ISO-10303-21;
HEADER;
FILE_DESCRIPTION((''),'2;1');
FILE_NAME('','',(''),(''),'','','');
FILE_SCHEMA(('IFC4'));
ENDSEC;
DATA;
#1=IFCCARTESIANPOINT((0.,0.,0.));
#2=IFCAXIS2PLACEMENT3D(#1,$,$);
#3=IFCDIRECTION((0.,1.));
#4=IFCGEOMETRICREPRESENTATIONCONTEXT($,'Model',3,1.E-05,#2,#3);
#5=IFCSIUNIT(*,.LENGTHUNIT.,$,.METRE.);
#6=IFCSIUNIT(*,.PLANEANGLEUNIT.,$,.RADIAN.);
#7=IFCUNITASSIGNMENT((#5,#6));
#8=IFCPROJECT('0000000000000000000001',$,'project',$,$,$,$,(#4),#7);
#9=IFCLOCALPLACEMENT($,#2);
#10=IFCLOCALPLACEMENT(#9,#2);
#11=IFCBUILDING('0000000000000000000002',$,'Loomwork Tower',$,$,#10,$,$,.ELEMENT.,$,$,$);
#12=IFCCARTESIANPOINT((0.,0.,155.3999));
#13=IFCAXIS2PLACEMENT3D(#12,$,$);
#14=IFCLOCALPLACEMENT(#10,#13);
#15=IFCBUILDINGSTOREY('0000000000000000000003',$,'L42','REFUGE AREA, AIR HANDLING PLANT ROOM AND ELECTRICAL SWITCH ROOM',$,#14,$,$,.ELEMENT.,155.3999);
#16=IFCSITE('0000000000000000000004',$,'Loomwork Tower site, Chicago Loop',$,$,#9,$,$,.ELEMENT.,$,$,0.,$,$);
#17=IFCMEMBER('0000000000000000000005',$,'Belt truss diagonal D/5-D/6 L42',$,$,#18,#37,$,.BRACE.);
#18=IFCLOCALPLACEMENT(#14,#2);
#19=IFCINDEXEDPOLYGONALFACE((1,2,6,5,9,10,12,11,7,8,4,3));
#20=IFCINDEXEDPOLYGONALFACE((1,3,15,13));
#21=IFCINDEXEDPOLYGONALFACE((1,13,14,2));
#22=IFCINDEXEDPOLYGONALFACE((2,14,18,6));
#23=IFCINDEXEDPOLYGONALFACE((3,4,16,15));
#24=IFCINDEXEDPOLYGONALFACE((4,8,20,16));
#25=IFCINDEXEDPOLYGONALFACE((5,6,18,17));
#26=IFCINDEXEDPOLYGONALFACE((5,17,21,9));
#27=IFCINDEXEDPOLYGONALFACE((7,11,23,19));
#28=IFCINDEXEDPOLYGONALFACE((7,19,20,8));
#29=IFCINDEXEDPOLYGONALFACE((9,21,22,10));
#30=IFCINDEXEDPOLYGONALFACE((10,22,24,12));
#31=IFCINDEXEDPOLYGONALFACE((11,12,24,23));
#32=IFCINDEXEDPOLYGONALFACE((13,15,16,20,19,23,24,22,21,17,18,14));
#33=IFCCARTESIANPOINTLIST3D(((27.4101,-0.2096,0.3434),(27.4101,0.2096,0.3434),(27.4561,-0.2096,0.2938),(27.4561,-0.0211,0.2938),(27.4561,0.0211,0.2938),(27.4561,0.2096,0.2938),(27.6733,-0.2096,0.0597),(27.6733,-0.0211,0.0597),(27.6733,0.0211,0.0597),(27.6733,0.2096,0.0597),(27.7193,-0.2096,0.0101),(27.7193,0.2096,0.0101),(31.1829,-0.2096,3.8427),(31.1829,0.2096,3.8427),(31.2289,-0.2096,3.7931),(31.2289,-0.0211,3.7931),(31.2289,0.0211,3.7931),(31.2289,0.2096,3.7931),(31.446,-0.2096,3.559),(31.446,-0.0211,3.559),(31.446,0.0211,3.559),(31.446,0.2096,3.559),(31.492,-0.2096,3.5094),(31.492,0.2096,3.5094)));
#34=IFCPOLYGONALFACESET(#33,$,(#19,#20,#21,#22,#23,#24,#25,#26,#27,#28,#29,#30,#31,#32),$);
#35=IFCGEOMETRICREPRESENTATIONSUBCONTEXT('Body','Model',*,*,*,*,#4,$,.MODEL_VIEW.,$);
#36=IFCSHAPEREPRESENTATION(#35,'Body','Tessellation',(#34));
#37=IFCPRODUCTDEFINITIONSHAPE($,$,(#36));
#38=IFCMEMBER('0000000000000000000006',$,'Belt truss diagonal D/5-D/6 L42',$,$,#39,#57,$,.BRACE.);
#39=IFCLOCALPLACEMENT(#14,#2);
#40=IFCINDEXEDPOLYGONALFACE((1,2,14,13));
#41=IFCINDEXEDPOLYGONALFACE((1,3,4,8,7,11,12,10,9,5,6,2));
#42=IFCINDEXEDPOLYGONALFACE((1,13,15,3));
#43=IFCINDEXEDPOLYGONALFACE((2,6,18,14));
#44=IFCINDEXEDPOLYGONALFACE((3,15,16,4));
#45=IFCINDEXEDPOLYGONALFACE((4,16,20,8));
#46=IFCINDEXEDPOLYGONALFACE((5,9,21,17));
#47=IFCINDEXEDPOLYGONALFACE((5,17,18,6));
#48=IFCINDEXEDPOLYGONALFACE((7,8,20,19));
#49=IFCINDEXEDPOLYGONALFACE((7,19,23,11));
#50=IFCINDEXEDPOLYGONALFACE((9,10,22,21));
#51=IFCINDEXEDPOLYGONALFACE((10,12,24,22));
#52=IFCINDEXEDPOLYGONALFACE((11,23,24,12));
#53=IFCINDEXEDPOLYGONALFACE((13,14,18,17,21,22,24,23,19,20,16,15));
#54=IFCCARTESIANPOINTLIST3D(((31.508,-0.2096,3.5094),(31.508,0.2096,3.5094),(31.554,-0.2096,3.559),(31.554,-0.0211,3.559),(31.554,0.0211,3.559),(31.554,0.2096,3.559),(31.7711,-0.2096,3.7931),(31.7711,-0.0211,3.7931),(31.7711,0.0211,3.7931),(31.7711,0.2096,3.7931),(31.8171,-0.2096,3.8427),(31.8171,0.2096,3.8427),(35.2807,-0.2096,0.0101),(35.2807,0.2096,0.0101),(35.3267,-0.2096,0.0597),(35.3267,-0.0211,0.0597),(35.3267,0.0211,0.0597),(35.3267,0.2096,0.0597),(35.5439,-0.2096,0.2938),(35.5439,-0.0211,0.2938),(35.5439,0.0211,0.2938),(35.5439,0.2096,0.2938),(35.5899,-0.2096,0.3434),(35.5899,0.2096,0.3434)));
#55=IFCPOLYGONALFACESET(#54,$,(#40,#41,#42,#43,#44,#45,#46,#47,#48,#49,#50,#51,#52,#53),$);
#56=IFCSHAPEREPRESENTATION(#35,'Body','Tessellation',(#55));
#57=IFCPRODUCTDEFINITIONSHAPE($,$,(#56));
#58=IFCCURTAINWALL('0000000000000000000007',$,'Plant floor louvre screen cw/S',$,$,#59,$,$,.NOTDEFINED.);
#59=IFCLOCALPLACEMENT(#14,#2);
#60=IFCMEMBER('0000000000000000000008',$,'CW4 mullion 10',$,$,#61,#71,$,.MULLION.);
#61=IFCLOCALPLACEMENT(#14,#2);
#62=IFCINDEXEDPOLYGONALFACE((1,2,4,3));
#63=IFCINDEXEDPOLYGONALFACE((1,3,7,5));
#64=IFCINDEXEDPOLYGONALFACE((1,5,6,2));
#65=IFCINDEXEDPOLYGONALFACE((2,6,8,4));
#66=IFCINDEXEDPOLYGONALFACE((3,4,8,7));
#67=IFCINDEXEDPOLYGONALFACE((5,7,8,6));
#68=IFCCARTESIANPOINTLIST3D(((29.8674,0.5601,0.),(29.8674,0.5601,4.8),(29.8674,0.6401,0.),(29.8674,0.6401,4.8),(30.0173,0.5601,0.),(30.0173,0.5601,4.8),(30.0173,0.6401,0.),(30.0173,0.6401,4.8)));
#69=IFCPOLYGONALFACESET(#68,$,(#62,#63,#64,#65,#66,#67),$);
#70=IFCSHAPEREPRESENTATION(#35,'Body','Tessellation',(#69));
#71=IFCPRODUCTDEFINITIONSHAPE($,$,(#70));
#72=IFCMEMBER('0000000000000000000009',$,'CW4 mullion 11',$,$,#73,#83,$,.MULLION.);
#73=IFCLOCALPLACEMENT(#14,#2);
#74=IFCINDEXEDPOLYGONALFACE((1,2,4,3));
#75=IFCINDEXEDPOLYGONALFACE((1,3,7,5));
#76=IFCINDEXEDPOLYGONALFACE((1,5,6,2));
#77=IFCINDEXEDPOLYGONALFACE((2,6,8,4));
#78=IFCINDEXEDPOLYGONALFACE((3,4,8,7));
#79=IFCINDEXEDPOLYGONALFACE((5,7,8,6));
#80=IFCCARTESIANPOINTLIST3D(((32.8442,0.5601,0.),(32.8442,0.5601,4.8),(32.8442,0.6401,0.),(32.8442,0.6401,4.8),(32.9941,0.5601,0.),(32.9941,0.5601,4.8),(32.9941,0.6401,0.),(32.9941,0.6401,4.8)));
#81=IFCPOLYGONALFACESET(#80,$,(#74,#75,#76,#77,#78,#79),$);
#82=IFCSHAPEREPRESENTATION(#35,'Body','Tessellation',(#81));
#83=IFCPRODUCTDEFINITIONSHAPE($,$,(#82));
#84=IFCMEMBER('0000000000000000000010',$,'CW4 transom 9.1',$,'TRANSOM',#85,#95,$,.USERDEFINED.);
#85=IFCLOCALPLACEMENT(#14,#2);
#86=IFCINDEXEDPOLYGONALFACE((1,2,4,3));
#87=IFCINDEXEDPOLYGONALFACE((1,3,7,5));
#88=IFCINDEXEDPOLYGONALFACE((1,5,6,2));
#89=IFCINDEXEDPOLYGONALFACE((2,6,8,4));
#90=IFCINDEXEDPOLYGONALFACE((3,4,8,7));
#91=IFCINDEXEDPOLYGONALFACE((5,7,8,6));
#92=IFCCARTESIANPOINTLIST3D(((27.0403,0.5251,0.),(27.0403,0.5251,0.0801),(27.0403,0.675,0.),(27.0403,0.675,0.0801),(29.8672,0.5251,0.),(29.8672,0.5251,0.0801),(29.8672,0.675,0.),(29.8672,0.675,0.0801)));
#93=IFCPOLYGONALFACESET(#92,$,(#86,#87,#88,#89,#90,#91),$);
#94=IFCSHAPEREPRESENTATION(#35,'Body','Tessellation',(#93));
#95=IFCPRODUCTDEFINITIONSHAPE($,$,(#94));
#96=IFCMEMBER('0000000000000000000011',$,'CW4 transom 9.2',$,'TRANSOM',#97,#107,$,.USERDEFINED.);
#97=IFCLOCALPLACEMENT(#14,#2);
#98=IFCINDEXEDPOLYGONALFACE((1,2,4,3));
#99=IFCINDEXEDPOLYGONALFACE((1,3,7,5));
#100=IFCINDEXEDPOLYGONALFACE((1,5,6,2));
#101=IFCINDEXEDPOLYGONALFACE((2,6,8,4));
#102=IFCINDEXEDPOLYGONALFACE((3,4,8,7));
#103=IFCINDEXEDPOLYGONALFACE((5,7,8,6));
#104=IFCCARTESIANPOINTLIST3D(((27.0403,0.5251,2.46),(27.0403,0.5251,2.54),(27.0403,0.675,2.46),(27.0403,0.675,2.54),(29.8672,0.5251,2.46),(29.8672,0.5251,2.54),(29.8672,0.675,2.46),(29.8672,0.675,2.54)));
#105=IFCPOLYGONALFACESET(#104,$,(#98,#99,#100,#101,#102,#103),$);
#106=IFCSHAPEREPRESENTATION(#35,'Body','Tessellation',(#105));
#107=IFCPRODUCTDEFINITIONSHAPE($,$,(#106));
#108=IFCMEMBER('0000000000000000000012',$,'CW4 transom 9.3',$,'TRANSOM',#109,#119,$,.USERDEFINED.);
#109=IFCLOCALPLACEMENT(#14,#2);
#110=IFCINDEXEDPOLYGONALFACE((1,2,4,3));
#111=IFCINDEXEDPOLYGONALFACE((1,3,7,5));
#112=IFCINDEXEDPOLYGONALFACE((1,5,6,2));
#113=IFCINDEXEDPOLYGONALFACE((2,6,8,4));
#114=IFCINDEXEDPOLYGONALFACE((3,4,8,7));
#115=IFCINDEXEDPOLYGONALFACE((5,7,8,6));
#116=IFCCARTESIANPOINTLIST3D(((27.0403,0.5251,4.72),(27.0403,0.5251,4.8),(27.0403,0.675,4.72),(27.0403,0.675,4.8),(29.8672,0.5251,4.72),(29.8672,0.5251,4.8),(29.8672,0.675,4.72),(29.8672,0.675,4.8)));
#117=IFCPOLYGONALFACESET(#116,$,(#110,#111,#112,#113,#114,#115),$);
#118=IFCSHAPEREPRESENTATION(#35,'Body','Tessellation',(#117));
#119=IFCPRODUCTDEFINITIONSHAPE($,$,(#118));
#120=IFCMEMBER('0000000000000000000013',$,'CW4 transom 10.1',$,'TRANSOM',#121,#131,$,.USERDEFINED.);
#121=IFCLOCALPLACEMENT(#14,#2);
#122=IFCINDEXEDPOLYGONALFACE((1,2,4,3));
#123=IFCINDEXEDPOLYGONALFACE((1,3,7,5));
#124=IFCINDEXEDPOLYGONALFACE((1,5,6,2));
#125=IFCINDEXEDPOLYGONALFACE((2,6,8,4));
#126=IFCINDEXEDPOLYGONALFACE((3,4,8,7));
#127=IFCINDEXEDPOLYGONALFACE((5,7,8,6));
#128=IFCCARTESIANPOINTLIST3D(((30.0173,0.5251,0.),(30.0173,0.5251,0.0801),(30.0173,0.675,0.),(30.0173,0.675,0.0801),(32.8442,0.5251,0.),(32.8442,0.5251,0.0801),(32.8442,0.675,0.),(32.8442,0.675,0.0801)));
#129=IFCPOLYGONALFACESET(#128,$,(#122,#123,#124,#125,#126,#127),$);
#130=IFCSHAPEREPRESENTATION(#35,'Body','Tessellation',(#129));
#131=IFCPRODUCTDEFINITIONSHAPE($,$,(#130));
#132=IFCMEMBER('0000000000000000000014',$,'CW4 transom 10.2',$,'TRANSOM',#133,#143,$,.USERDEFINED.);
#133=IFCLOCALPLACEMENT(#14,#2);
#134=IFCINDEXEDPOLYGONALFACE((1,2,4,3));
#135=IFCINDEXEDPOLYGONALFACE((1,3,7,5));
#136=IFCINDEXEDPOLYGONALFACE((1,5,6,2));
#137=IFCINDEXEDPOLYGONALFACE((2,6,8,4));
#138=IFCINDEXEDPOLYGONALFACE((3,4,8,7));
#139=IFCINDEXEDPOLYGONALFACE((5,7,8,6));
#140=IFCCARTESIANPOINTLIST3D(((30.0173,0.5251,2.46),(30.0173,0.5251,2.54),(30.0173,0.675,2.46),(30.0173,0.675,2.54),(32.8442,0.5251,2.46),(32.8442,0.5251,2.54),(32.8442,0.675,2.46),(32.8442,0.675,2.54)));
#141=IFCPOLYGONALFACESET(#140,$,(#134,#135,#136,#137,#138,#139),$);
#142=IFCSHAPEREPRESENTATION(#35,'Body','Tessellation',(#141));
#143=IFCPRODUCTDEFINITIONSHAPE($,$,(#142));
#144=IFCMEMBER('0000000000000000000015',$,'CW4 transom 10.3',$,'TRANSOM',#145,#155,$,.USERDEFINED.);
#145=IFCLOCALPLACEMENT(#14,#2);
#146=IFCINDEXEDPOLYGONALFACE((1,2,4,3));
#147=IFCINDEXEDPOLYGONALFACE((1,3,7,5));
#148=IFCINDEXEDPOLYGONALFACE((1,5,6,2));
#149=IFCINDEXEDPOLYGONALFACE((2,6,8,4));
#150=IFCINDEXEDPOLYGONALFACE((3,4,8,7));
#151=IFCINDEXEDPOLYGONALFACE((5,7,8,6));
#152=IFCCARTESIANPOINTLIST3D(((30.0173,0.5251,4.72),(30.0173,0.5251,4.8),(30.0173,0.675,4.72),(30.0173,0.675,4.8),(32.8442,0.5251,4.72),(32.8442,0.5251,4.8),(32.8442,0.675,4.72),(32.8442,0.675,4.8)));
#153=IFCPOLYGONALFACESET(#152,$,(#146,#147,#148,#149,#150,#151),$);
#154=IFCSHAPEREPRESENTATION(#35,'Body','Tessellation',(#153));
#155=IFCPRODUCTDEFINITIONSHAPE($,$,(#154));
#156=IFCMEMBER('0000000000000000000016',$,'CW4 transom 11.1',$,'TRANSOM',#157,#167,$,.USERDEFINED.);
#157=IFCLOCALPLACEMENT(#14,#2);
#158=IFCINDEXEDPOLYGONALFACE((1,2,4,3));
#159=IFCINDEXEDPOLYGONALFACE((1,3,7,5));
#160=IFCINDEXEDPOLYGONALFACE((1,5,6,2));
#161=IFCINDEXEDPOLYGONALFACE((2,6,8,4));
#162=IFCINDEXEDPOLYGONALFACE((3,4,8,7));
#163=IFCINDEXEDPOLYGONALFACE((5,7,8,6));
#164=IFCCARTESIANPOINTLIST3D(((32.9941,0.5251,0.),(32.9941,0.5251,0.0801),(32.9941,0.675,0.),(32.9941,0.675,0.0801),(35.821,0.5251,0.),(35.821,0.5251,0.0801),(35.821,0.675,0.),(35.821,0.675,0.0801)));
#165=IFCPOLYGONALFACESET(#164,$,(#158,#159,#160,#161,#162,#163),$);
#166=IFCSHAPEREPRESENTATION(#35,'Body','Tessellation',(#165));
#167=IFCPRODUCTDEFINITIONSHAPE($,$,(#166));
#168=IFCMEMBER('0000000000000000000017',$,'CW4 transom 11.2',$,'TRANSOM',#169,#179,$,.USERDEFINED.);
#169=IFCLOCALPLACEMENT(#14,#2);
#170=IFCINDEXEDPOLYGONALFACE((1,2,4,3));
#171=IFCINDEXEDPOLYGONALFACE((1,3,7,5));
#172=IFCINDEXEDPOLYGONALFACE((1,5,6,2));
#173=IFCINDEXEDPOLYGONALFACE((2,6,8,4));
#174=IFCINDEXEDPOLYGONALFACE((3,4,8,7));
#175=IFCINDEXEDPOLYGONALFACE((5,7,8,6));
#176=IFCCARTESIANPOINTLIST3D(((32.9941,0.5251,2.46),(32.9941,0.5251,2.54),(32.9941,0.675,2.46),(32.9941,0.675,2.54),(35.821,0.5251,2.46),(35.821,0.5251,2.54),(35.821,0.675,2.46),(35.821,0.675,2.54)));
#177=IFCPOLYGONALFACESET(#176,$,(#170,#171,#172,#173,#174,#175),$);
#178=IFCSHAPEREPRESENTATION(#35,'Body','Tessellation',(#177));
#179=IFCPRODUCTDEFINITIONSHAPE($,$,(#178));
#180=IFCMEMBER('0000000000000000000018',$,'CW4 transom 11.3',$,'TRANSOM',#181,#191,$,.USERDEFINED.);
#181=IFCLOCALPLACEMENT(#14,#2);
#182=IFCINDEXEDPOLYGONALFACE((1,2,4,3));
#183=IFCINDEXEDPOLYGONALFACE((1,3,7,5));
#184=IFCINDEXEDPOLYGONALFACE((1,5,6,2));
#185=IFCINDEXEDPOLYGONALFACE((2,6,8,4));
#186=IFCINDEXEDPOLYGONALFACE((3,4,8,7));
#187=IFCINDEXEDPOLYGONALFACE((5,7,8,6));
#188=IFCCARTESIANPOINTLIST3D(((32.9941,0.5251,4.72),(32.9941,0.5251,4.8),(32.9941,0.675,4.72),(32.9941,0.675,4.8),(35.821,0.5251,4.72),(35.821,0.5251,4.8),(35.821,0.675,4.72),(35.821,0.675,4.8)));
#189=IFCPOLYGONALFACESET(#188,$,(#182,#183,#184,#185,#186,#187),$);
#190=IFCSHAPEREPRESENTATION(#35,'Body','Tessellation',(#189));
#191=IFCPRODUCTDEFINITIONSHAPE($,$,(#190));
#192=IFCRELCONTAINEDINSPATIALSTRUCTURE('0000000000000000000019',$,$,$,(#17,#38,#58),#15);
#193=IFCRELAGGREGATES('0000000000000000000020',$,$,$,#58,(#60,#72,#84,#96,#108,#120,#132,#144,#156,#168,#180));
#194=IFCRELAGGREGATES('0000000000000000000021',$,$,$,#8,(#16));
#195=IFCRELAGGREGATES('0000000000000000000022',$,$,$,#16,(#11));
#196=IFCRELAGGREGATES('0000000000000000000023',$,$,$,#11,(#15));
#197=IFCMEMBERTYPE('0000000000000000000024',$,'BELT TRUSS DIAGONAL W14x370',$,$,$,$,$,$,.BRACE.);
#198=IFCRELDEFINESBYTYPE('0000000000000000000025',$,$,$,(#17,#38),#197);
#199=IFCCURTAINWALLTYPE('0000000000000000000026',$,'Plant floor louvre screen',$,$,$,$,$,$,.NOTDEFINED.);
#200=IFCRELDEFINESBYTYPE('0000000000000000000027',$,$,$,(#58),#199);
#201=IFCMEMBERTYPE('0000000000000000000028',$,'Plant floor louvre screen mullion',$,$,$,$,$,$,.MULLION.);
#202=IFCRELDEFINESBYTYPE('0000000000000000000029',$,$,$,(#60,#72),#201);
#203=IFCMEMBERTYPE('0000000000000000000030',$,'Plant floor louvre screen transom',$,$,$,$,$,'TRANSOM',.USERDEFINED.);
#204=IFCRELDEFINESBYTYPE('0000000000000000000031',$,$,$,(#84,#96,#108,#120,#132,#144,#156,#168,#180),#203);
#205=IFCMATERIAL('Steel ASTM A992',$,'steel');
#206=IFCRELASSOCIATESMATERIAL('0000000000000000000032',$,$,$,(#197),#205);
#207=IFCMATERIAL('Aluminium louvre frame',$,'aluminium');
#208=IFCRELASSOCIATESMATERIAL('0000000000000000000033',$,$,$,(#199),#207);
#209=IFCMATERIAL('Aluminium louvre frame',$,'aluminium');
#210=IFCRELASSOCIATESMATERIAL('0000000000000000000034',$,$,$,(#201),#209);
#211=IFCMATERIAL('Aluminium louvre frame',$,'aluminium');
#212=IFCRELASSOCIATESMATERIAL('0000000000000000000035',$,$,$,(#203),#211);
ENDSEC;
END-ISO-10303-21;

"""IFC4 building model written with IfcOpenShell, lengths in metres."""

from ifc_helpers import new_model, si_unit, direction, frame, origin, origin_2d, place, context, subcontext, project, spatial, rectangle, i_section, extrude, material, material_profile, profile_set, type_object, element, aggregate, save


model = new_model("IFC4")

# Units and contexts
model_context = context("Model", 3, precision=1e-05, world=origin(), true_north=direction((0.0, 1.0)))
body_context = subcontext(model_context, "Body", "Model", "MODEL_VIEW")
ifc_project = project(units=[si_unit("LENGTHUNIT", "METRE"), si_unit("PLANEANGLEUNIT", "RADIAN")], contexts=[model_context])

# Site, building, storey
site_placement = place(None, origin())
site = spatial("IfcSite", under=ifc_project, at=site_placement, Name="Loomwork Tower site, Chicago Loop", CompositionType="ELEMENT", RefElevation=0.0)
building_placement = place(site_placement, origin())
building = spatial("IfcBuilding", under=site, at=building_placement, Name="Loomwork Tower", CompositionType="ELEMENT")
storey_placement = place(building_placement, frame((0.0, 0.0, 155.3999)))
storey = spatial("IfcBuildingStorey", under=building, at=storey_placement, Name="L42", Description="REFUGE AREA, AIR HANDLING PLANT ROOM AND ELECTRICAL SWITCH ROOM", CompositionType="ELEMENT", Elevation=155.3999)

# Members
ifc_material_1 = material(Name="Steel ASTM A992", Category="steel")
ifc_material_profile_1 = material_profile(ifc_material_1, i_section(OverallWidth=0.4192, OverallDepth=0.4546, WebThickness=0.0422, FlangeThickness=0.0676, at=origin_2d()), Name="W14x370")
ifc_profile_set_1 = profile_set([ifc_material_profile_1], Name="Steel ASTM A992")
member_type_1 = type_object("IfcMemberType", Name="BELT TRUSS DIAGONAL W14x370", PredefinedType="BRACE", material=ifc_profile_set_1)
for number, where, z_axis, x_axis, name in (
    (1, (27.5647, 0.0, 0.1768), (0.733177, 0.0, 0.680038), (0.0, 1.0, 0.0), "Belt truss diagonal D/5-D/6 L42"),
    (2, (35.4353, 0.0, 0.1768), (-0.733177, 0.0, 0.680038), (0.0, -1.0, 0.0), "Belt truss diagonal D/5-D/6 L42"),
):
    element("IfcMember", number, at=place(storey_placement, frame(where, z_axis=z_axis, x_axis=x_axis)), inside=storey, type_object=member_type_1, Name=name, PredefinedType="BRACE", context=body_context, shape_type="SweptSolid", body=[
        extrude(i_section(OverallWidth=0.4192, OverallDepth=0.4546, WebThickness=0.0422, FlangeThickness=0.0676, at=origin_2d()), origin(), (0.0, 0.0, 1.0), 5.1458),
    ])

# Curtain wall, members
ifc_material_2 = material(Name="Aluminium louvre frame", Category="aluminium")
curtain_wall_type = type_object("IfcCurtainWallType", Name="Plant floor louvre screen", PredefinedType="NOTDEFINED", material=ifc_material_2)
curtain_wall_placement = place(storey_placement, origin())
curtain_wall = element("IfcCurtainWall", 3, at=curtain_wall_placement, inside=storey, type_object=curtain_wall_type, Name="Plant floor louvre screen cw/S", PredefinedType="NOTDEFINED")
ifc_material_3 = material(Name="Aluminium louvre frame", Category="aluminium")
ifc_material_profile_2 = material_profile(ifc_material_3, rectangle(XDim=0.0801, YDim=0.1499, at=origin_2d()), Name="AL 80x150")
ifc_profile_set_2 = profile_set([ifc_material_profile_2], Name="Aluminium louvre frame")
member_type_2 = type_object("IfcMemberType", Name="Plant floor louvre screen mullion", PredefinedType="MULLION", material=ifc_profile_set_2)
member_1_placement = place(storey_placement, frame((29.9424, 0.6001, 0.0), z_axis=(0.0, 0.0, 1.0), x_axis=(0.0, 1.0, 0.0)))
member_1 = element("IfcMember", 4, at=member_1_placement, type_object=member_type_2, Name="CW4 mullion 10", PredefinedType="MULLION", context=body_context, shape_type="SweptSolid", body=[
    extrude(rectangle(XDim=0.0801, YDim=0.1499, at=origin_2d()), origin(), (0.0, 0.0, 1.0), 4.8),
])
member_2_placement = place(storey_placement, frame((32.9192, 0.6001, 0.0), z_axis=(0.0, 0.0, 1.0), x_axis=(0.0, 1.0, 0.0)))
member_2 = element("IfcMember", 5, at=member_2_placement, type_object=member_type_2, Name="CW4 mullion 11", PredefinedType="MULLION", context=body_context, shape_type="SweptSolid", body=[
    extrude(rectangle(XDim=0.0801, YDim=0.1499, at=origin_2d()), origin(), (0.0, 0.0, 1.0), 4.8),
])
ifc_material_4 = material(Name="Aluminium louvre frame", Category="aluminium")
ifc_material_profile_3 = material_profile(ifc_material_4, rectangle(XDim=0.1499, YDim=0.0801, at=origin_2d()), Name="AL 80x150")
ifc_profile_set_3 = profile_set([ifc_material_profile_3], Name="Aluminium louvre frame")
member_type_3 = type_object("IfcMemberType", Name="Plant floor louvre screen transom", ElementType="TRANSOM", PredefinedType="USERDEFINED", material=ifc_profile_set_3)
member_3_placement = place(storey_placement, frame((27.0403, 0.6001, 0.04), z_axis=(1.0, 0.0, 0.0), x_axis=(0.0, 1.0, 0.0)))
member_3 = element("IfcMember", 6, at=member_3_placement, type_object=member_type_3, Name="CW4 transom 9.1", ObjectType="TRANSOM", PredefinedType="USERDEFINED", context=body_context, shape_type="SweptSolid", body=[
    extrude(rectangle(XDim=0.1499, YDim=0.0801, at=origin_2d()), origin(), (0.0, 0.0, 1.0), 2.8269),
])
member_4_placement = place(storey_placement, frame((27.0403, 0.6001, 2.5), z_axis=(1.0, 0.0, 0.0), x_axis=(0.0, 1.0, 0.0)))
member_4 = element("IfcMember", 7, at=member_4_placement, type_object=member_type_3, Name="CW4 transom 9.2", ObjectType="TRANSOM", PredefinedType="USERDEFINED", context=body_context, shape_type="SweptSolid", body=[
    extrude(rectangle(XDim=0.1499, YDim=0.0801, at=origin_2d()), origin(), (0.0, 0.0, 1.0), 2.8269),
])
member_5_placement = place(storey_placement, frame((27.0403, 0.6001, 4.76), z_axis=(1.0, 0.0, 0.0), x_axis=(0.0, 1.0, 0.0)))
member_5 = element("IfcMember", 8, at=member_5_placement, type_object=member_type_3, Name="CW4 transom 9.3", ObjectType="TRANSOM", PredefinedType="USERDEFINED", context=body_context, shape_type="SweptSolid", body=[
    extrude(rectangle(XDim=0.1499, YDim=0.0801, at=origin_2d()), origin(), (0.0, 0.0, 1.0), 2.8269),
])
member_6_placement = place(storey_placement, frame((30.0173, 0.6001, 0.04), z_axis=(1.0, 0.0, 0.0), x_axis=(0.0, 1.0, 0.0)))
member_6 = element("IfcMember", 9, at=member_6_placement, type_object=member_type_3, Name="CW4 transom 10.1", ObjectType="TRANSOM", PredefinedType="USERDEFINED", context=body_context, shape_type="SweptSolid", body=[
    extrude(rectangle(XDim=0.1499, YDim=0.0801, at=origin_2d()), origin(), (0.0, 0.0, 1.0), 2.8269),
])
member_7_placement = place(storey_placement, frame((30.0173, 0.6001, 2.5), z_axis=(1.0, 0.0, 0.0), x_axis=(0.0, 1.0, 0.0)))
member_7 = element("IfcMember", 10, at=member_7_placement, type_object=member_type_3, Name="CW4 transom 10.2", ObjectType="TRANSOM", PredefinedType="USERDEFINED", context=body_context, shape_type="SweptSolid", body=[
    extrude(rectangle(XDim=0.1499, YDim=0.0801, at=origin_2d()), origin(), (0.0, 0.0, 1.0), 2.8269),
])
member_8_placement = place(storey_placement, frame((30.0173, 0.6001, 4.76), z_axis=(1.0, 0.0, 0.0), x_axis=(0.0, 1.0, 0.0)))
member_8 = element("IfcMember", 11, at=member_8_placement, type_object=member_type_3, Name="CW4 transom 10.3", ObjectType="TRANSOM", PredefinedType="USERDEFINED", context=body_context, shape_type="SweptSolid", body=[
    extrude(rectangle(XDim=0.1499, YDim=0.0801, at=origin_2d()), origin(), (0.0, 0.0, 1.0), 2.8269),
])
member_9_placement = place(storey_placement, frame((32.9941, 0.6001, 0.04), z_axis=(1.0, 0.0, 0.0), x_axis=(0.0, 1.0, 0.0)))
member_9 = element("IfcMember", 12, at=member_9_placement, type_object=member_type_3, Name="CW4 transom 11.1", ObjectType="TRANSOM", PredefinedType="USERDEFINED", context=body_context, shape_type="SweptSolid", body=[
    extrude(rectangle(XDim=0.1499, YDim=0.0801, at=origin_2d()), origin(), (0.0, 0.0, 1.0), 2.8269),
])
member_10_placement = place(storey_placement, frame((32.9941, 0.6001, 2.5), z_axis=(1.0, 0.0, 0.0), x_axis=(0.0, 1.0, 0.0)))
member_10 = element("IfcMember", 13, at=member_10_placement, type_object=member_type_3, Name="CW4 transom 11.2", ObjectType="TRANSOM", PredefinedType="USERDEFINED", context=body_context, shape_type="SweptSolid", body=[
    extrude(rectangle(XDim=0.1499, YDim=0.0801, at=origin_2d()), origin(), (0.0, 0.0, 1.0), 2.8269),
])
member_11_placement = place(storey_placement, frame((32.9941, 0.6001, 4.76), z_axis=(1.0, 0.0, 0.0), x_axis=(0.0, 1.0, 0.0)))
member_11 = element("IfcMember", 14, at=member_11_placement, type_object=member_type_3, Name="CW4 transom 11.3", ObjectType="TRANSOM", PredefinedType="USERDEFINED", context=body_context, shape_type="SweptSolid", body=[
    extrude(rectangle(XDim=0.1499, YDim=0.0801, at=origin_2d()), origin(), (0.0, 0.0, 1.0), 2.8269),
])
aggregate(curtain_wall, [member_1, member_2, member_3, member_4, member_5, member_6, member_7, member_8, member_9, member_10, member_11])

save(model, "model.ifc")
